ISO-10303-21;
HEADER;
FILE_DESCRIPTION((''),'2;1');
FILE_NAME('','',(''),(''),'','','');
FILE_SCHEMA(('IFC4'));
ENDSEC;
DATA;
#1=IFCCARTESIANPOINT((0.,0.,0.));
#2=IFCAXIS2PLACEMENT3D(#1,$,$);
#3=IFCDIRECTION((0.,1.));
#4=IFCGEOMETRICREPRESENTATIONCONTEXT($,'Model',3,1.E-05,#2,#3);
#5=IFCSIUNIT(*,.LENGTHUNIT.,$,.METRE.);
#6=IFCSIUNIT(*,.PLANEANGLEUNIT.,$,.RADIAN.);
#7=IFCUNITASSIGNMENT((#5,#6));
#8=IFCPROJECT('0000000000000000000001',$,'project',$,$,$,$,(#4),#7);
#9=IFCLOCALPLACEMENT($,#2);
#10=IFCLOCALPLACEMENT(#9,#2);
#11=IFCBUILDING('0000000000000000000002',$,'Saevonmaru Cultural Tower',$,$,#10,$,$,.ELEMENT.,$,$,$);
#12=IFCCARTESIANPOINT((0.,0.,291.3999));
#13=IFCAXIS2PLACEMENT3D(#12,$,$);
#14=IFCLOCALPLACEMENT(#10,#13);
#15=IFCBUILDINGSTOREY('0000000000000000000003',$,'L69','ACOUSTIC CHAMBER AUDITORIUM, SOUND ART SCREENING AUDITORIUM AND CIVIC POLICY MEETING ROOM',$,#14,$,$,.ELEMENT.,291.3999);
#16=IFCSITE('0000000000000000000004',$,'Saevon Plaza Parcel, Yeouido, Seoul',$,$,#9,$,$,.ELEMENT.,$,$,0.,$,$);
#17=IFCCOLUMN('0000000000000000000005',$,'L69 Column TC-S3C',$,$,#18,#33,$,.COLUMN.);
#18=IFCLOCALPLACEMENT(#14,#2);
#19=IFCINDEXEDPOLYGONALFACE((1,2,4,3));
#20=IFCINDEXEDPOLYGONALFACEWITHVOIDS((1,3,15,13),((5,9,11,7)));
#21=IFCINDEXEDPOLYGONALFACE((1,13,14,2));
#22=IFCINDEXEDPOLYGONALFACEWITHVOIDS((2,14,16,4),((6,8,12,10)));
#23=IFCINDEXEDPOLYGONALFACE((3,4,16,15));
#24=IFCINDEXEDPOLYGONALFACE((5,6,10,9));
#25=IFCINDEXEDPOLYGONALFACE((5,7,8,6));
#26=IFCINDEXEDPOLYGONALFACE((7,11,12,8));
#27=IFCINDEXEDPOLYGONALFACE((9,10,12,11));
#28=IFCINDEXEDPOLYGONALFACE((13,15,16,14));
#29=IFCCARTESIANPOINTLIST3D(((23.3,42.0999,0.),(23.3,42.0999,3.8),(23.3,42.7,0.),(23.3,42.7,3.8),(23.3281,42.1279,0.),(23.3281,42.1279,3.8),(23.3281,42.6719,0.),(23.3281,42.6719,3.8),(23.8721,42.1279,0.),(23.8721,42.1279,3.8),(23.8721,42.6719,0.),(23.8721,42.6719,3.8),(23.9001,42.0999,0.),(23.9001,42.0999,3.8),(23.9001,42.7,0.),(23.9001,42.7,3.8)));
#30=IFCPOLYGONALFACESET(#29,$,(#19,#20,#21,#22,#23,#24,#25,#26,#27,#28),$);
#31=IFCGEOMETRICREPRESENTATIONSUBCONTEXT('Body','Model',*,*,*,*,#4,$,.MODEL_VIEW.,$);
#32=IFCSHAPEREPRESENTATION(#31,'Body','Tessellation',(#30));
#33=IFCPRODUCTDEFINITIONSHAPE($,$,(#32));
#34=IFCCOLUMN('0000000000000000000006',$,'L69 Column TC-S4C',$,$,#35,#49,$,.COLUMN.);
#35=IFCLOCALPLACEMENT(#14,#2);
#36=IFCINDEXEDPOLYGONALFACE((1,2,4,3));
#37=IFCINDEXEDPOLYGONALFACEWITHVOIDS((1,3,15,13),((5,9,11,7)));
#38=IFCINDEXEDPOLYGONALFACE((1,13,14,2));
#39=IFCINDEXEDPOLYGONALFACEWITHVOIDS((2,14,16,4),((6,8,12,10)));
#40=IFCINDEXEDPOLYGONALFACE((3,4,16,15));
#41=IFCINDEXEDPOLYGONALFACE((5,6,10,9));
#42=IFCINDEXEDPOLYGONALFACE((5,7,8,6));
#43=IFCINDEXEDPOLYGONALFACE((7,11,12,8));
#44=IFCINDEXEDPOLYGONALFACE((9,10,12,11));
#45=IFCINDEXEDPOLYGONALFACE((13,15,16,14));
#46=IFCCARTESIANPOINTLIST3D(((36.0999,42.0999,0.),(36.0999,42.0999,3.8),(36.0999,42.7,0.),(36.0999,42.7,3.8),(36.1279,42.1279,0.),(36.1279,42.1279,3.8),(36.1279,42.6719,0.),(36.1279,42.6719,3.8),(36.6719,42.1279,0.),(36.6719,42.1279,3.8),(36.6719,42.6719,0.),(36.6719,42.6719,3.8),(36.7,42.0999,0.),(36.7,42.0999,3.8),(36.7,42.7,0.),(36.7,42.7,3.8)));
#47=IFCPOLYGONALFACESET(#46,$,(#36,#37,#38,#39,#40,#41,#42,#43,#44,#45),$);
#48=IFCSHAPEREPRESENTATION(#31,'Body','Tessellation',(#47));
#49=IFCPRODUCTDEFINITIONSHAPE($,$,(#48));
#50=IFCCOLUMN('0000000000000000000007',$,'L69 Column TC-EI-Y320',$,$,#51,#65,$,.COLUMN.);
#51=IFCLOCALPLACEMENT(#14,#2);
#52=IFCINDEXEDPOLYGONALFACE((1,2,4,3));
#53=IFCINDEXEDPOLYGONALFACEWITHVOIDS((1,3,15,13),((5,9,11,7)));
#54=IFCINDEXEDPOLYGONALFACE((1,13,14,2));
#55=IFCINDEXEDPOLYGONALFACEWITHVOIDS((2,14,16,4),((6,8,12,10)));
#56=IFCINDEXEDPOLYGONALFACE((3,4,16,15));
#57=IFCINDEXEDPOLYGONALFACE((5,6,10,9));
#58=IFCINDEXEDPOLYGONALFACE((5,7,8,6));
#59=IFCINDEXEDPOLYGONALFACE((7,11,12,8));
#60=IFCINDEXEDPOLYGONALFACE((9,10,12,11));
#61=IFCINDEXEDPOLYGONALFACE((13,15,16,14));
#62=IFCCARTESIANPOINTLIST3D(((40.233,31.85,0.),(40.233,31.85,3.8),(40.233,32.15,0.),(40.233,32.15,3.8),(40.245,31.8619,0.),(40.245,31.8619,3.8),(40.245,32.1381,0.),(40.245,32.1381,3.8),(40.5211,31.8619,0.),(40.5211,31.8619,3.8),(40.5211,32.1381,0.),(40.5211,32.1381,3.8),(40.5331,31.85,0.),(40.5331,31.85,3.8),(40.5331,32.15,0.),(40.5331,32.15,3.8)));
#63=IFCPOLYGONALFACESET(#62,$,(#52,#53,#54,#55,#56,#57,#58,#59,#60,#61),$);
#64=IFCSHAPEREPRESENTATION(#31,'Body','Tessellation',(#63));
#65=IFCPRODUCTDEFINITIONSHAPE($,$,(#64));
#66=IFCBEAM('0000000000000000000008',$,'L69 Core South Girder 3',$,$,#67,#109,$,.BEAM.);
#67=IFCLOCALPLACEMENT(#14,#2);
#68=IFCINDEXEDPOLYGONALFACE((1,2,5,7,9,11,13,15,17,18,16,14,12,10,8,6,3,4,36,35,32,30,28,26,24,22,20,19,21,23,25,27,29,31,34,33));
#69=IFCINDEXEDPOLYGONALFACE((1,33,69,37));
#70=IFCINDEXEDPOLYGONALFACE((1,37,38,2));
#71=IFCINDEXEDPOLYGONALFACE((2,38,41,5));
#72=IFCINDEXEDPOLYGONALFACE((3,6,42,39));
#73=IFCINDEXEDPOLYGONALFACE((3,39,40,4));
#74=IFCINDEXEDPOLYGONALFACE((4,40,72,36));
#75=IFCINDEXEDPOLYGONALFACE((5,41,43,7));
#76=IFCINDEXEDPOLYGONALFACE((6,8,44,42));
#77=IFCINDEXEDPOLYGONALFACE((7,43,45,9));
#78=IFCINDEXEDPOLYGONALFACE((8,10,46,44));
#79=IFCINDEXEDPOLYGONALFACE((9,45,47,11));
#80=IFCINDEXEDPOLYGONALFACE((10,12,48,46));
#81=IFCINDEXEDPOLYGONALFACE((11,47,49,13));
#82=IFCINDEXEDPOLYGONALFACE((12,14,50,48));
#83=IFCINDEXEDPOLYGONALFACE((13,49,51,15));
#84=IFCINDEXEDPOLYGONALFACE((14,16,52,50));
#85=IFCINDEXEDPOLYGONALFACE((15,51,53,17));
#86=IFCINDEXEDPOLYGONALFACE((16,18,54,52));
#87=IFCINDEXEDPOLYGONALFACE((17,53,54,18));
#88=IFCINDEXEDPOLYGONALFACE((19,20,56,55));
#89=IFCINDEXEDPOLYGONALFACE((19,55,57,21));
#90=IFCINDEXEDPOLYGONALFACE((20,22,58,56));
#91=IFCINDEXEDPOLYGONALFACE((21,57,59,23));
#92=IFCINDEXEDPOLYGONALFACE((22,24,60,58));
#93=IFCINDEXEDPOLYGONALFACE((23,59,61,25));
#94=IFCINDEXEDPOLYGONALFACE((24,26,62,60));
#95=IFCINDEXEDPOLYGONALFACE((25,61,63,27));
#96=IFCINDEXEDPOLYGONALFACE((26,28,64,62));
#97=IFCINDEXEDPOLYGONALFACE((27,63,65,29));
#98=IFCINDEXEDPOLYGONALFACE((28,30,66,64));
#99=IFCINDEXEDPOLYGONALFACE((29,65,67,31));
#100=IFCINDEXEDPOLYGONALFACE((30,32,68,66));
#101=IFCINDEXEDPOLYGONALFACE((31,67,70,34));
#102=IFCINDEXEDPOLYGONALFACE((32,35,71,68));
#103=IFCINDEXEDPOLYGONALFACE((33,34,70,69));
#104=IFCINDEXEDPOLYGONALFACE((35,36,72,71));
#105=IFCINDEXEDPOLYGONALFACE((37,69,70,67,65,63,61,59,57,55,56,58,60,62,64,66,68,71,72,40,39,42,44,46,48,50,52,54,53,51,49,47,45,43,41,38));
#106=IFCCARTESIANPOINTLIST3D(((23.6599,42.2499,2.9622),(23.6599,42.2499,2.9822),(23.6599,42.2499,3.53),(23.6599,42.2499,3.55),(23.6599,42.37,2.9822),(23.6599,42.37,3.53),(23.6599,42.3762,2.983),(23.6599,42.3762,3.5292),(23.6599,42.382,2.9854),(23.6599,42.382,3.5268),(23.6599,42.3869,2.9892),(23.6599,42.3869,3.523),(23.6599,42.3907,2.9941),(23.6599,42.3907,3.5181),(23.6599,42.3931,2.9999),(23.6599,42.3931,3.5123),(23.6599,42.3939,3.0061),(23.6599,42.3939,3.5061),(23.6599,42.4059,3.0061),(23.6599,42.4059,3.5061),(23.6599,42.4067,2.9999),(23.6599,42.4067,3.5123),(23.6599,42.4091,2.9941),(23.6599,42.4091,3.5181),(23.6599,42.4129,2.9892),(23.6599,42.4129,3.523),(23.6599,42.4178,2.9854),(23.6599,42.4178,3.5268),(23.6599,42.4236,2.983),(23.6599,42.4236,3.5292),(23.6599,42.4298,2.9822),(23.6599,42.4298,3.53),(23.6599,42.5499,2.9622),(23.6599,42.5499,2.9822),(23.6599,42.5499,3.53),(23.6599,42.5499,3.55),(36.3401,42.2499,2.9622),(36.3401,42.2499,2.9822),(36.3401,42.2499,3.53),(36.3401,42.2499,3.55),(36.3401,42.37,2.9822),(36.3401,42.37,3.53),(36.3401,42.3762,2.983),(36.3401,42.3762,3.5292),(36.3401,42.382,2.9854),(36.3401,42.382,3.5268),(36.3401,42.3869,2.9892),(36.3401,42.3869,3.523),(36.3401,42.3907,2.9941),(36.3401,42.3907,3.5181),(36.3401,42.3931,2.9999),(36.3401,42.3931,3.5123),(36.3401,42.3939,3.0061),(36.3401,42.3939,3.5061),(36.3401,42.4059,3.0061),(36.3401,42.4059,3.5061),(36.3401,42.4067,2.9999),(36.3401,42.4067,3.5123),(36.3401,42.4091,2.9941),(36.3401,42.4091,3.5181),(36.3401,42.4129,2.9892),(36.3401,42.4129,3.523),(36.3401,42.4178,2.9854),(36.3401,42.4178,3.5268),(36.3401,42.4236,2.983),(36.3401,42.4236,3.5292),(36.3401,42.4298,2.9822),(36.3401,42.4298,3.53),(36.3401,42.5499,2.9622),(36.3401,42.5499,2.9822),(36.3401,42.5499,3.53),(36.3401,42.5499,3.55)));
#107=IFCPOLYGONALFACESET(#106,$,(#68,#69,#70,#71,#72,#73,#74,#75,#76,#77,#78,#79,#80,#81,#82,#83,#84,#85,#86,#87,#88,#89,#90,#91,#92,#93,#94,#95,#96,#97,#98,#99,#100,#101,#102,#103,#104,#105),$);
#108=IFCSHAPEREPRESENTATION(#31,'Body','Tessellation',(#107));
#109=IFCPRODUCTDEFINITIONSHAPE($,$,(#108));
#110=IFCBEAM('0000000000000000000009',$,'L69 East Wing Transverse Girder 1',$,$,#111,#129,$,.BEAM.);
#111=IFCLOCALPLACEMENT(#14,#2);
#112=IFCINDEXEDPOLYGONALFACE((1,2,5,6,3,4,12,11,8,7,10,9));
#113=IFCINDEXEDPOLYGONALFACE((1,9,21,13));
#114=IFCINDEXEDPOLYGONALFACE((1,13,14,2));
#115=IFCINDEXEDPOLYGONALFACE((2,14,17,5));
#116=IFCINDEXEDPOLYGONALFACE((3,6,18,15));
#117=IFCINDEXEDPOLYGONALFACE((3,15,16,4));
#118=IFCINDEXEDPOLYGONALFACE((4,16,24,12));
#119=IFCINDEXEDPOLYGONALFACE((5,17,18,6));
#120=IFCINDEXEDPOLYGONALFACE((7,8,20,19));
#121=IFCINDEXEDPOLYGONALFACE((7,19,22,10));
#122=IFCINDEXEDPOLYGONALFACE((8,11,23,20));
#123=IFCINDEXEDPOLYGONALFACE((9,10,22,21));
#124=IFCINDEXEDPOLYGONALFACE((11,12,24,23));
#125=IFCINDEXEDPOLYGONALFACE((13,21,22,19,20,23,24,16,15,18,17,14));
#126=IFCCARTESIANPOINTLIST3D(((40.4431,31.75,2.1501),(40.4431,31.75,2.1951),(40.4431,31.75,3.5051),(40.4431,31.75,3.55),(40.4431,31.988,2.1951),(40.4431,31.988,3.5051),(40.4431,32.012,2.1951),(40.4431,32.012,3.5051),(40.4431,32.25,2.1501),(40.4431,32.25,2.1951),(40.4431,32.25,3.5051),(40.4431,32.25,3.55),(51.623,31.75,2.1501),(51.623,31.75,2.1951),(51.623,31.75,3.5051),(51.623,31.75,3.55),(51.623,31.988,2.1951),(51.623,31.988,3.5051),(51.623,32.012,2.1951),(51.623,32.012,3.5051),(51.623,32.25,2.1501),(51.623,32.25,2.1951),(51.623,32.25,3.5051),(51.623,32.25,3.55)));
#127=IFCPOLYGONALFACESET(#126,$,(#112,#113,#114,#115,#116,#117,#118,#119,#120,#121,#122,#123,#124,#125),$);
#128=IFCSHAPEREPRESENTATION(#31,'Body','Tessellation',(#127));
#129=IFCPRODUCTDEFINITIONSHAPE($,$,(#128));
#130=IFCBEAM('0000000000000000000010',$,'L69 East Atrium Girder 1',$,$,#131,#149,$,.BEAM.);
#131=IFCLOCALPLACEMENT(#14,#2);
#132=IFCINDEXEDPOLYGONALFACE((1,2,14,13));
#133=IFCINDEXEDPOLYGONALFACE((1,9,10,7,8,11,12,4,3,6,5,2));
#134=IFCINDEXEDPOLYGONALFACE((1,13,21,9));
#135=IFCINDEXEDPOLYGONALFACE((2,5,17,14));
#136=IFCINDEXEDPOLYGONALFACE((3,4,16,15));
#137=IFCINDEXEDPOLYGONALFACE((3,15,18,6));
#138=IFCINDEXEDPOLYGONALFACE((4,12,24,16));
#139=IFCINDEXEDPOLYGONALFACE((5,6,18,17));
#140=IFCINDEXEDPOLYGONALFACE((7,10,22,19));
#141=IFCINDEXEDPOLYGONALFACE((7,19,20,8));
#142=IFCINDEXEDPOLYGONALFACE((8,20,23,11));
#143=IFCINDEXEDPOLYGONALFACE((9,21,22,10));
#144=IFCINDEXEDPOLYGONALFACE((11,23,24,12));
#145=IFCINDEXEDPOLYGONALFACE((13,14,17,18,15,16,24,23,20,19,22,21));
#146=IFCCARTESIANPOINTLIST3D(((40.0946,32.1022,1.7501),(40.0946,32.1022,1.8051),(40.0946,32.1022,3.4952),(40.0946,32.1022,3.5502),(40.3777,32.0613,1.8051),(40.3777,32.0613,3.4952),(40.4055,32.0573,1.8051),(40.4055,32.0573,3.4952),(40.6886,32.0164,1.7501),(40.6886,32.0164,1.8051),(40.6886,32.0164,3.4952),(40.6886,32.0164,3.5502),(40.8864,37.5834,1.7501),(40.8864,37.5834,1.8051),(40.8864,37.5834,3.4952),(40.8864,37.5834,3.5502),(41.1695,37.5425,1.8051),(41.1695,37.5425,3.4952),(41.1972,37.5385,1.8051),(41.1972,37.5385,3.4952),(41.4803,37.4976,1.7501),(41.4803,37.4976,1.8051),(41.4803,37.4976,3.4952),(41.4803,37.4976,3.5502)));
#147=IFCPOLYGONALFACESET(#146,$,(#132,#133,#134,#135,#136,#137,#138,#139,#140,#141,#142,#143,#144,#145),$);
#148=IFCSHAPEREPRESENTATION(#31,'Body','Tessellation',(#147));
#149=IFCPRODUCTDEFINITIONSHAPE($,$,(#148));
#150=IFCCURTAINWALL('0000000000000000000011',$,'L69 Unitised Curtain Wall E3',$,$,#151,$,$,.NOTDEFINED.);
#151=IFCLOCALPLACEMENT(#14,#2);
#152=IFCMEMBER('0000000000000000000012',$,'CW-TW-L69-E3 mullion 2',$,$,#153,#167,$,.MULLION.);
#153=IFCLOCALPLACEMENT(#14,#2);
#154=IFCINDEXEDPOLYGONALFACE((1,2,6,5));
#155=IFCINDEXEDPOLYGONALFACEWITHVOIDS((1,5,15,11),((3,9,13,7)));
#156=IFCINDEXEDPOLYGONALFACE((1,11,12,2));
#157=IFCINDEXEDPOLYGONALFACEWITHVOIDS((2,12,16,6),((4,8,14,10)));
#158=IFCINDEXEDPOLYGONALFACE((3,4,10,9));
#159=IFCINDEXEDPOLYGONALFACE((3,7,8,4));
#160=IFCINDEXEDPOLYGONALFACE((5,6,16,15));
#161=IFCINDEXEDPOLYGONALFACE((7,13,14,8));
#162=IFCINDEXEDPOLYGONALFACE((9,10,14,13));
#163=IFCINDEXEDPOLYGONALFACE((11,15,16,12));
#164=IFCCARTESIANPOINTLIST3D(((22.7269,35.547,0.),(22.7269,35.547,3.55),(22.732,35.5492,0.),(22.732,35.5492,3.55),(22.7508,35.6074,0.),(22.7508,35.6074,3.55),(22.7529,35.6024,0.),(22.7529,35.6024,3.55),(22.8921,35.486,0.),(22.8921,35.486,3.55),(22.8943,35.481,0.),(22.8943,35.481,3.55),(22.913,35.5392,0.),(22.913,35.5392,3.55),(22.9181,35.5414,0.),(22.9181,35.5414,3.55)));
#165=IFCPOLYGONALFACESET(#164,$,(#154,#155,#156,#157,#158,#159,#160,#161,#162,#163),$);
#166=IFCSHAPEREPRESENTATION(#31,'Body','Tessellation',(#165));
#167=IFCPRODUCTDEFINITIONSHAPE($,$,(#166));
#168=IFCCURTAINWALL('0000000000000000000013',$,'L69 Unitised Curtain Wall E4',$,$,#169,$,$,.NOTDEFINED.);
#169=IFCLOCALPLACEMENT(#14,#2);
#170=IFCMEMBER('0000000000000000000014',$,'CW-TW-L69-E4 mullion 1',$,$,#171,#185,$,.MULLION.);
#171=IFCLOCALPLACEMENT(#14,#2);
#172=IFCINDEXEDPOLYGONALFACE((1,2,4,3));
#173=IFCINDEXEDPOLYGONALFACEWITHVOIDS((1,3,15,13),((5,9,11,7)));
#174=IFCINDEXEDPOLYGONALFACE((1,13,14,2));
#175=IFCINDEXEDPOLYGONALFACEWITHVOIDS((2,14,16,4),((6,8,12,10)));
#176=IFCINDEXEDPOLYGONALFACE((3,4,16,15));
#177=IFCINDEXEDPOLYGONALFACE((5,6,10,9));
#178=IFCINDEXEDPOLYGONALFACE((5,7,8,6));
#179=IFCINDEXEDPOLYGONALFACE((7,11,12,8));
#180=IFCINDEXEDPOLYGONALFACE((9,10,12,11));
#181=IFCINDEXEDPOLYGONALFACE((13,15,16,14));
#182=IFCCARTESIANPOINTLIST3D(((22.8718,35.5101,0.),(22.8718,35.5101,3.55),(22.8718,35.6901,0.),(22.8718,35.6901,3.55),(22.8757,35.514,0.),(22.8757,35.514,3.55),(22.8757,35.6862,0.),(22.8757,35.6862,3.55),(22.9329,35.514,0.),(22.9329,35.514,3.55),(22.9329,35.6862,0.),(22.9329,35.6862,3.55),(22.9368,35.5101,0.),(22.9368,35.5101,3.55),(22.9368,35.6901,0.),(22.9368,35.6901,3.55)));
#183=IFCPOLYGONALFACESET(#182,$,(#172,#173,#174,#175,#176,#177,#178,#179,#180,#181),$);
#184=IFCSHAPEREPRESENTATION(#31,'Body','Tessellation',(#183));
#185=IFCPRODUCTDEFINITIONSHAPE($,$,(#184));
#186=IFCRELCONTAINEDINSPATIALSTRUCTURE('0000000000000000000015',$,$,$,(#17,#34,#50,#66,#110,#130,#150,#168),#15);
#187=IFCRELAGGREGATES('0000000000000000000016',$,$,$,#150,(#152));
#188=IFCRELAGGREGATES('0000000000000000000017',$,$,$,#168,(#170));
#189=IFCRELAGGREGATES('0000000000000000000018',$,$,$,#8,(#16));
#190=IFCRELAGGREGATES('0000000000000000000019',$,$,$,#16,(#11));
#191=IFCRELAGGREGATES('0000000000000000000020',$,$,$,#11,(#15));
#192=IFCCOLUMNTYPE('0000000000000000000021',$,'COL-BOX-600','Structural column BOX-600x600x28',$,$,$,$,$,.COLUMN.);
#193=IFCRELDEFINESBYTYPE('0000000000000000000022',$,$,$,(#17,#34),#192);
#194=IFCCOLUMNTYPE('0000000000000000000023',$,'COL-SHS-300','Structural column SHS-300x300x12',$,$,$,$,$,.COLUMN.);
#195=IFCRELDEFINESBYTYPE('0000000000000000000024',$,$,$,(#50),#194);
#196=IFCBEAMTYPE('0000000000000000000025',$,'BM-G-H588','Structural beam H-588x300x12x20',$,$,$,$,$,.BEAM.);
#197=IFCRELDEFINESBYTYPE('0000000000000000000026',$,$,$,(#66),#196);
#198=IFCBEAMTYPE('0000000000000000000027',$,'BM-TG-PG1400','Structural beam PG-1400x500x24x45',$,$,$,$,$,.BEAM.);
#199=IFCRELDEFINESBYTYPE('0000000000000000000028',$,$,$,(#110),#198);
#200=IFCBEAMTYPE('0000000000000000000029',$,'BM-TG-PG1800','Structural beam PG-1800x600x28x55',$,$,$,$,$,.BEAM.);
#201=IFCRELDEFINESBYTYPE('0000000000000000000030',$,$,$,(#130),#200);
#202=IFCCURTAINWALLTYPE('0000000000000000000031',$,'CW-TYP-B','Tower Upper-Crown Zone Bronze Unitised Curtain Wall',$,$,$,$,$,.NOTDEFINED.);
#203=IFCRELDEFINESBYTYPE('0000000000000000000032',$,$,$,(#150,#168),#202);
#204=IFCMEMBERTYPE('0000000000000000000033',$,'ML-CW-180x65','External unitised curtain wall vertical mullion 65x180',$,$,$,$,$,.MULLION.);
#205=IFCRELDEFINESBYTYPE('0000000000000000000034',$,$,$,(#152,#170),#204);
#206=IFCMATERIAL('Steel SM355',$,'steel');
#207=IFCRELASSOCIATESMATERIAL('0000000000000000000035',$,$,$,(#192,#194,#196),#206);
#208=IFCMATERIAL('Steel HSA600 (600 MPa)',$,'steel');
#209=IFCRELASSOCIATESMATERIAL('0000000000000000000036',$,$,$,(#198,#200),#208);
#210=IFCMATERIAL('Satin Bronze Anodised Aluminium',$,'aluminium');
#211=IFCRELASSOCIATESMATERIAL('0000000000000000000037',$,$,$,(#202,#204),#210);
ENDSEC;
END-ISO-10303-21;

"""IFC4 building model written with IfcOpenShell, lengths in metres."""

from ifc_helpers import new_model, si_unit, direction, frame, origin, origin_2d, place, context, subcontext, project, spatial, hollow_rectangle, i_section, extrude, material, material_profile, profile_set, type_object, element, aggregate, save


model = new_model("IFC4")

# Units and contexts
model_context = context("Model", 3, precision=1e-05, world=origin(), true_north=direction((0.0, 1.0)))
body_context = subcontext(model_context, "Body", "Model", "MODEL_VIEW")
ifc_project = project(units=[si_unit("LENGTHUNIT", "METRE"), si_unit("PLANEANGLEUNIT", "RADIAN")], contexts=[model_context])

# Site, building, storey
site_placement = place(None, origin())
site = spatial("IfcSite", under=ifc_project, at=site_placement, Name="Saevon Plaza Parcel, Yeouido, Seoul", CompositionType="ELEMENT", RefElevation=0.0)
building_placement = place(site_placement, origin())
building = spatial("IfcBuilding", under=site, at=building_placement, Name="Saevonmaru Cultural Tower", CompositionType="ELEMENT")
storey_placement = place(building_placement, frame((0.0, 0.0, 291.3999)))
storey = spatial("IfcBuildingStorey", under=building, at=storey_placement, Name="L69", Description="ACOUSTIC CHAMBER AUDITORIUM, SOUND ART SCREENING AUDITORIUM AND CIVIC POLICY MEETING ROOM", CompositionType="ELEMENT", Elevation=291.3999)

# Columns
ifc_material_1 = material(Name="Steel SM355", Category="steel")
ifc_material_profile_1 = material_profile(ifc_material_1, hollow_rectangle(XDim=0.6001, YDim=0.6001, WallThickness=0.0281, at=origin_2d()), Name="BOX-600x600x28")
ifc_profile_set_1 = profile_set([ifc_material_profile_1], Name="Steel SM355")
column_type_1 = type_object("IfcColumnType", Name="COL-BOX-600", Description="Structural column BOX-600x600x28", PredefinedType="COLUMN", material=ifc_profile_set_1)
for number, where, z_axis, x_axis, name in (
    (1, (23.6001, 42.3999, 0.0), (0.0, 0.0, 1.0), (1.0, 0.0, 0.0), "L69 Column TC-S3C"),
    (2, (36.3999, 42.3999, 0.0), (0.0, 0.0, 1.0), (1.0, 0.0, 0.0), "L69 Column TC-S4C"),
):
    element("IfcColumn", number, at=place(storey_placement, frame(where, z_axis=z_axis, x_axis=x_axis)), inside=storey, type_object=column_type_1, Name=name, PredefinedType="COLUMN", context=body_context, shape_type="SweptSolid", body=[
        extrude(hollow_rectangle(XDim=0.6001, YDim=0.6001, WallThickness=0.0281, at=origin_2d()), origin(), (0.0, 0.0, 1.0), 3.8),
    ])
ifc_material_profile_2 = material_profile(ifc_material_1, hollow_rectangle(XDim=0.3, YDim=0.3, WallThickness=0.012, at=origin_2d()), Name="SHS-300x300x12")
ifc_profile_set_2 = profile_set([ifc_material_profile_2], Name="Steel SM355")
column_type_2 = type_object("IfcColumnType", Name="COL-SHS-300", Description="Structural column SHS-300x300x12", PredefinedType="COLUMN", material=ifc_profile_set_2)
column_placement = place(storey_placement, frame((40.3831, 32.0, 0.0), z_axis=(0.0, 0.0, 1.0), x_axis=(1.0, 0.0, 0.0)))
element("IfcColumn", 3, at=column_placement, inside=storey, type_object=column_type_2, Name="L69 Column TC-EI-Y320", PredefinedType="COLUMN", context=body_context, shape_type="SweptSolid", body=[
    extrude(hollow_rectangle(XDim=0.3, YDim=0.3, WallThickness=0.012, at=origin_2d()), origin(), (0.0, 0.0, 1.0), 3.8),
])

# Beams
ifc_material_profile_3 = material_profile(ifc_material_1, i_section(OverallWidth=0.3, OverallDepth=0.5879, WebThickness=0.012, FlangeThickness=0.02, FilletRadius=0.0239, at=origin_2d()), Name="H-588x300x12x20")
ifc_profile_set_3 = profile_set([ifc_material_profile_3], Name="Steel SM355")
beam_type_1 = type_object("IfcBeamType", Name="BM-G-H588", Description="Structural beam H-588x300x12x20", PredefinedType="BEAM", material=ifc_profile_set_3)
beam_1_placement = place(storey_placement, frame((23.6599, 42.3999, 3.2561), z_axis=(1.0, 0.0, 0.0), x_axis=(0.0, 1.0, 0.0)))
element("IfcBeam", 4, at=beam_1_placement, inside=storey, type_object=beam_type_1, Name="L69 Core South Girder 3", PredefinedType="BEAM", context=body_context, shape_type="SweptSolid", body=[
    extrude(i_section(OverallWidth=0.3, OverallDepth=0.5879, WebThickness=0.012, FlangeThickness=0.02, FilletRadius=0.0239, at=origin_2d()), origin(), (0.0, 0.0, 1.0), 12.6802),
])
ifc_material_2 = material(Name="Steel HSA600 (600 MPa)", Category="steel")
ifc_material_profile_4 = material_profile(ifc_material_2, i_section(OverallWidth=0.5, OverallDepth=1.3999, WebThickness=0.0239, FlangeThickness=0.0449, at=origin_2d()), Name="PG-1400x500x24x45")
ifc_profile_set_4 = profile_set([ifc_material_profile_4], Name="Steel HSA600 (600 MPa)")
beam_type_2 = type_object("IfcBeamType", Name="BM-TG-PG1400", Description="Structural beam PG-1400x500x24x45", PredefinedType="BEAM", material=ifc_profile_set_4)
beam_2_placement = place(storey_placement, frame((40.4431, 32.0, 2.8501), z_axis=(1.0, 0.0, 0.0), x_axis=(0.0, 1.0, 0.0)))
element("IfcBeam", 5, at=beam_2_placement, inside=storey, type_object=beam_type_2, Name="L69 East Wing Transverse Girder 1", PredefinedType="BEAM", context=body_context, shape_type="SweptSolid", body=[
    extrude(i_section(OverallWidth=0.5, OverallDepth=1.3999, WebThickness=0.0239, FlangeThickness=0.0449, at=origin_2d()), origin(), (0.0, 0.0, 1.0), 11.1799),
])
ifc_material_profile_5 = material_profile(ifc_material_2, i_section(OverallWidth=0.6001, OverallDepth=1.8, WebThickness=0.0281, FlangeThickness=0.0549, at=origin_2d()), Name="PG-1800x600x28x55")
ifc_profile_set_5 = profile_set([ifc_material_profile_5], Name="Steel HSA600 (600 MPa)")
beam_type_3 = type_object("IfcBeamType", Name="BM-TG-PG1800", Description="Structural beam PG-1800x600x28x55", PredefinedType="BEAM", material=ifc_profile_set_5)
beam_3_placement = place(storey_placement, frame((40.3916, 32.0593, 2.6501), z_axis=(0.142964, 0.989728, 0.0), x_axis=(-0.989728, 0.142964, 0.0)))
element("IfcBeam", 6, at=beam_3_placement, inside=storey, type_object=beam_type_3, Name="L69 East Atrium Girder 1", PredefinedType="BEAM", context=body_context, shape_type="SweptSolid", body=[
    extrude(i_section(OverallWidth=0.6001, OverallDepth=1.8, WebThickness=0.0281, FlangeThickness=0.0549, at=origin_2d()), origin(), (0.0, 0.0, 1.0), 5.5381),
])

# Curtain wall, member
ifc_material_3 = material(Name="Satin Bronze Anodised Aluminium", Category="aluminium")
curtain_wall_type = type_object("IfcCurtainWallType", Name="CW-TYP-B", Description="Tower Upper-Crown Zone Bronze Unitised Curtain Wall", PredefinedType="NOTDEFINED", material=ifc_material_3)
curtain_wall_1_placement = place(storey_placement, origin())
curtain_wall_1 = element("IfcCurtainWall", 7, at=curtain_wall_1_placement, inside=storey, type_object=curtain_wall_type, Name="L69 Unitised Curtain Wall E3", PredefinedType="NOTDEFINED")
ifc_material_profile_6 = material_profile(ifc_material_3, hollow_rectangle(XDim=0.0649, YDim=0.1799, WallThickness=0.0039, at=origin_2d()), Name="ALU-MULL-180x65x4")
ifc_profile_set_6 = profile_set([ifc_material_profile_6], Name="Satin Bronze Anodised Aluminium")
member_type_1 = type_object("IfcMemberType", Name="ML-CW-180x65", Description="External unitised curtain wall vertical mullion 65x180", PredefinedType="MULLION", material=ifc_profile_set_6)
member_1_placement = place(storey_placement, frame((22.8225, 35.5442, 0.0), z_axis=(0.0, 0.0, 1.0), x_axis=(0.367172, 0.930153, 0.0)))
member_1 = element("IfcMember", 8, at=member_1_placement, type_object=member_type_1, Name="CW-TW-L69-E3 mullion 2", PredefinedType="MULLION", context=body_context, shape_type="SweptSolid", body=[
    extrude(hollow_rectangle(XDim=0.0649, YDim=0.1799, WallThickness=0.0039, at=origin_2d()), origin(), (0.0, 0.0, 1.0), 3.55),
])

# Curtain wall, member
curtain_wall_2_placement = place(storey_placement, origin())
curtain_wall_2 = element("IfcCurtainWall", 9, at=curtain_wall_2_placement, inside=storey, type_object=curtain_wall_type, Name="L69 Unitised Curtain Wall E4", PredefinedType="NOTDEFINED")
member_2_placement = place(storey_placement, frame((22.9043, 35.6001, 0.0), z_axis=(0.0, 0.0, 1.0), x_axis=(1.0, 0.0, 0.0)))
member_2 = element("IfcMember", 10, at=member_2_placement, type_object=member_type_1, Name="CW-TW-L69-E4 mullion 1", PredefinedType="MULLION", context=body_context, shape_type="SweptSolid", body=[
    extrude(hollow_rectangle(XDim=0.0649, YDim=0.1799, WallThickness=0.0039, at=origin_2d()), origin(), (0.0, 0.0, 1.0), 3.55),
])

aggregate(curtain_wall_1, [member_1])
aggregate(curtain_wall_2, [member_2])

save(model, "model.ifc")
